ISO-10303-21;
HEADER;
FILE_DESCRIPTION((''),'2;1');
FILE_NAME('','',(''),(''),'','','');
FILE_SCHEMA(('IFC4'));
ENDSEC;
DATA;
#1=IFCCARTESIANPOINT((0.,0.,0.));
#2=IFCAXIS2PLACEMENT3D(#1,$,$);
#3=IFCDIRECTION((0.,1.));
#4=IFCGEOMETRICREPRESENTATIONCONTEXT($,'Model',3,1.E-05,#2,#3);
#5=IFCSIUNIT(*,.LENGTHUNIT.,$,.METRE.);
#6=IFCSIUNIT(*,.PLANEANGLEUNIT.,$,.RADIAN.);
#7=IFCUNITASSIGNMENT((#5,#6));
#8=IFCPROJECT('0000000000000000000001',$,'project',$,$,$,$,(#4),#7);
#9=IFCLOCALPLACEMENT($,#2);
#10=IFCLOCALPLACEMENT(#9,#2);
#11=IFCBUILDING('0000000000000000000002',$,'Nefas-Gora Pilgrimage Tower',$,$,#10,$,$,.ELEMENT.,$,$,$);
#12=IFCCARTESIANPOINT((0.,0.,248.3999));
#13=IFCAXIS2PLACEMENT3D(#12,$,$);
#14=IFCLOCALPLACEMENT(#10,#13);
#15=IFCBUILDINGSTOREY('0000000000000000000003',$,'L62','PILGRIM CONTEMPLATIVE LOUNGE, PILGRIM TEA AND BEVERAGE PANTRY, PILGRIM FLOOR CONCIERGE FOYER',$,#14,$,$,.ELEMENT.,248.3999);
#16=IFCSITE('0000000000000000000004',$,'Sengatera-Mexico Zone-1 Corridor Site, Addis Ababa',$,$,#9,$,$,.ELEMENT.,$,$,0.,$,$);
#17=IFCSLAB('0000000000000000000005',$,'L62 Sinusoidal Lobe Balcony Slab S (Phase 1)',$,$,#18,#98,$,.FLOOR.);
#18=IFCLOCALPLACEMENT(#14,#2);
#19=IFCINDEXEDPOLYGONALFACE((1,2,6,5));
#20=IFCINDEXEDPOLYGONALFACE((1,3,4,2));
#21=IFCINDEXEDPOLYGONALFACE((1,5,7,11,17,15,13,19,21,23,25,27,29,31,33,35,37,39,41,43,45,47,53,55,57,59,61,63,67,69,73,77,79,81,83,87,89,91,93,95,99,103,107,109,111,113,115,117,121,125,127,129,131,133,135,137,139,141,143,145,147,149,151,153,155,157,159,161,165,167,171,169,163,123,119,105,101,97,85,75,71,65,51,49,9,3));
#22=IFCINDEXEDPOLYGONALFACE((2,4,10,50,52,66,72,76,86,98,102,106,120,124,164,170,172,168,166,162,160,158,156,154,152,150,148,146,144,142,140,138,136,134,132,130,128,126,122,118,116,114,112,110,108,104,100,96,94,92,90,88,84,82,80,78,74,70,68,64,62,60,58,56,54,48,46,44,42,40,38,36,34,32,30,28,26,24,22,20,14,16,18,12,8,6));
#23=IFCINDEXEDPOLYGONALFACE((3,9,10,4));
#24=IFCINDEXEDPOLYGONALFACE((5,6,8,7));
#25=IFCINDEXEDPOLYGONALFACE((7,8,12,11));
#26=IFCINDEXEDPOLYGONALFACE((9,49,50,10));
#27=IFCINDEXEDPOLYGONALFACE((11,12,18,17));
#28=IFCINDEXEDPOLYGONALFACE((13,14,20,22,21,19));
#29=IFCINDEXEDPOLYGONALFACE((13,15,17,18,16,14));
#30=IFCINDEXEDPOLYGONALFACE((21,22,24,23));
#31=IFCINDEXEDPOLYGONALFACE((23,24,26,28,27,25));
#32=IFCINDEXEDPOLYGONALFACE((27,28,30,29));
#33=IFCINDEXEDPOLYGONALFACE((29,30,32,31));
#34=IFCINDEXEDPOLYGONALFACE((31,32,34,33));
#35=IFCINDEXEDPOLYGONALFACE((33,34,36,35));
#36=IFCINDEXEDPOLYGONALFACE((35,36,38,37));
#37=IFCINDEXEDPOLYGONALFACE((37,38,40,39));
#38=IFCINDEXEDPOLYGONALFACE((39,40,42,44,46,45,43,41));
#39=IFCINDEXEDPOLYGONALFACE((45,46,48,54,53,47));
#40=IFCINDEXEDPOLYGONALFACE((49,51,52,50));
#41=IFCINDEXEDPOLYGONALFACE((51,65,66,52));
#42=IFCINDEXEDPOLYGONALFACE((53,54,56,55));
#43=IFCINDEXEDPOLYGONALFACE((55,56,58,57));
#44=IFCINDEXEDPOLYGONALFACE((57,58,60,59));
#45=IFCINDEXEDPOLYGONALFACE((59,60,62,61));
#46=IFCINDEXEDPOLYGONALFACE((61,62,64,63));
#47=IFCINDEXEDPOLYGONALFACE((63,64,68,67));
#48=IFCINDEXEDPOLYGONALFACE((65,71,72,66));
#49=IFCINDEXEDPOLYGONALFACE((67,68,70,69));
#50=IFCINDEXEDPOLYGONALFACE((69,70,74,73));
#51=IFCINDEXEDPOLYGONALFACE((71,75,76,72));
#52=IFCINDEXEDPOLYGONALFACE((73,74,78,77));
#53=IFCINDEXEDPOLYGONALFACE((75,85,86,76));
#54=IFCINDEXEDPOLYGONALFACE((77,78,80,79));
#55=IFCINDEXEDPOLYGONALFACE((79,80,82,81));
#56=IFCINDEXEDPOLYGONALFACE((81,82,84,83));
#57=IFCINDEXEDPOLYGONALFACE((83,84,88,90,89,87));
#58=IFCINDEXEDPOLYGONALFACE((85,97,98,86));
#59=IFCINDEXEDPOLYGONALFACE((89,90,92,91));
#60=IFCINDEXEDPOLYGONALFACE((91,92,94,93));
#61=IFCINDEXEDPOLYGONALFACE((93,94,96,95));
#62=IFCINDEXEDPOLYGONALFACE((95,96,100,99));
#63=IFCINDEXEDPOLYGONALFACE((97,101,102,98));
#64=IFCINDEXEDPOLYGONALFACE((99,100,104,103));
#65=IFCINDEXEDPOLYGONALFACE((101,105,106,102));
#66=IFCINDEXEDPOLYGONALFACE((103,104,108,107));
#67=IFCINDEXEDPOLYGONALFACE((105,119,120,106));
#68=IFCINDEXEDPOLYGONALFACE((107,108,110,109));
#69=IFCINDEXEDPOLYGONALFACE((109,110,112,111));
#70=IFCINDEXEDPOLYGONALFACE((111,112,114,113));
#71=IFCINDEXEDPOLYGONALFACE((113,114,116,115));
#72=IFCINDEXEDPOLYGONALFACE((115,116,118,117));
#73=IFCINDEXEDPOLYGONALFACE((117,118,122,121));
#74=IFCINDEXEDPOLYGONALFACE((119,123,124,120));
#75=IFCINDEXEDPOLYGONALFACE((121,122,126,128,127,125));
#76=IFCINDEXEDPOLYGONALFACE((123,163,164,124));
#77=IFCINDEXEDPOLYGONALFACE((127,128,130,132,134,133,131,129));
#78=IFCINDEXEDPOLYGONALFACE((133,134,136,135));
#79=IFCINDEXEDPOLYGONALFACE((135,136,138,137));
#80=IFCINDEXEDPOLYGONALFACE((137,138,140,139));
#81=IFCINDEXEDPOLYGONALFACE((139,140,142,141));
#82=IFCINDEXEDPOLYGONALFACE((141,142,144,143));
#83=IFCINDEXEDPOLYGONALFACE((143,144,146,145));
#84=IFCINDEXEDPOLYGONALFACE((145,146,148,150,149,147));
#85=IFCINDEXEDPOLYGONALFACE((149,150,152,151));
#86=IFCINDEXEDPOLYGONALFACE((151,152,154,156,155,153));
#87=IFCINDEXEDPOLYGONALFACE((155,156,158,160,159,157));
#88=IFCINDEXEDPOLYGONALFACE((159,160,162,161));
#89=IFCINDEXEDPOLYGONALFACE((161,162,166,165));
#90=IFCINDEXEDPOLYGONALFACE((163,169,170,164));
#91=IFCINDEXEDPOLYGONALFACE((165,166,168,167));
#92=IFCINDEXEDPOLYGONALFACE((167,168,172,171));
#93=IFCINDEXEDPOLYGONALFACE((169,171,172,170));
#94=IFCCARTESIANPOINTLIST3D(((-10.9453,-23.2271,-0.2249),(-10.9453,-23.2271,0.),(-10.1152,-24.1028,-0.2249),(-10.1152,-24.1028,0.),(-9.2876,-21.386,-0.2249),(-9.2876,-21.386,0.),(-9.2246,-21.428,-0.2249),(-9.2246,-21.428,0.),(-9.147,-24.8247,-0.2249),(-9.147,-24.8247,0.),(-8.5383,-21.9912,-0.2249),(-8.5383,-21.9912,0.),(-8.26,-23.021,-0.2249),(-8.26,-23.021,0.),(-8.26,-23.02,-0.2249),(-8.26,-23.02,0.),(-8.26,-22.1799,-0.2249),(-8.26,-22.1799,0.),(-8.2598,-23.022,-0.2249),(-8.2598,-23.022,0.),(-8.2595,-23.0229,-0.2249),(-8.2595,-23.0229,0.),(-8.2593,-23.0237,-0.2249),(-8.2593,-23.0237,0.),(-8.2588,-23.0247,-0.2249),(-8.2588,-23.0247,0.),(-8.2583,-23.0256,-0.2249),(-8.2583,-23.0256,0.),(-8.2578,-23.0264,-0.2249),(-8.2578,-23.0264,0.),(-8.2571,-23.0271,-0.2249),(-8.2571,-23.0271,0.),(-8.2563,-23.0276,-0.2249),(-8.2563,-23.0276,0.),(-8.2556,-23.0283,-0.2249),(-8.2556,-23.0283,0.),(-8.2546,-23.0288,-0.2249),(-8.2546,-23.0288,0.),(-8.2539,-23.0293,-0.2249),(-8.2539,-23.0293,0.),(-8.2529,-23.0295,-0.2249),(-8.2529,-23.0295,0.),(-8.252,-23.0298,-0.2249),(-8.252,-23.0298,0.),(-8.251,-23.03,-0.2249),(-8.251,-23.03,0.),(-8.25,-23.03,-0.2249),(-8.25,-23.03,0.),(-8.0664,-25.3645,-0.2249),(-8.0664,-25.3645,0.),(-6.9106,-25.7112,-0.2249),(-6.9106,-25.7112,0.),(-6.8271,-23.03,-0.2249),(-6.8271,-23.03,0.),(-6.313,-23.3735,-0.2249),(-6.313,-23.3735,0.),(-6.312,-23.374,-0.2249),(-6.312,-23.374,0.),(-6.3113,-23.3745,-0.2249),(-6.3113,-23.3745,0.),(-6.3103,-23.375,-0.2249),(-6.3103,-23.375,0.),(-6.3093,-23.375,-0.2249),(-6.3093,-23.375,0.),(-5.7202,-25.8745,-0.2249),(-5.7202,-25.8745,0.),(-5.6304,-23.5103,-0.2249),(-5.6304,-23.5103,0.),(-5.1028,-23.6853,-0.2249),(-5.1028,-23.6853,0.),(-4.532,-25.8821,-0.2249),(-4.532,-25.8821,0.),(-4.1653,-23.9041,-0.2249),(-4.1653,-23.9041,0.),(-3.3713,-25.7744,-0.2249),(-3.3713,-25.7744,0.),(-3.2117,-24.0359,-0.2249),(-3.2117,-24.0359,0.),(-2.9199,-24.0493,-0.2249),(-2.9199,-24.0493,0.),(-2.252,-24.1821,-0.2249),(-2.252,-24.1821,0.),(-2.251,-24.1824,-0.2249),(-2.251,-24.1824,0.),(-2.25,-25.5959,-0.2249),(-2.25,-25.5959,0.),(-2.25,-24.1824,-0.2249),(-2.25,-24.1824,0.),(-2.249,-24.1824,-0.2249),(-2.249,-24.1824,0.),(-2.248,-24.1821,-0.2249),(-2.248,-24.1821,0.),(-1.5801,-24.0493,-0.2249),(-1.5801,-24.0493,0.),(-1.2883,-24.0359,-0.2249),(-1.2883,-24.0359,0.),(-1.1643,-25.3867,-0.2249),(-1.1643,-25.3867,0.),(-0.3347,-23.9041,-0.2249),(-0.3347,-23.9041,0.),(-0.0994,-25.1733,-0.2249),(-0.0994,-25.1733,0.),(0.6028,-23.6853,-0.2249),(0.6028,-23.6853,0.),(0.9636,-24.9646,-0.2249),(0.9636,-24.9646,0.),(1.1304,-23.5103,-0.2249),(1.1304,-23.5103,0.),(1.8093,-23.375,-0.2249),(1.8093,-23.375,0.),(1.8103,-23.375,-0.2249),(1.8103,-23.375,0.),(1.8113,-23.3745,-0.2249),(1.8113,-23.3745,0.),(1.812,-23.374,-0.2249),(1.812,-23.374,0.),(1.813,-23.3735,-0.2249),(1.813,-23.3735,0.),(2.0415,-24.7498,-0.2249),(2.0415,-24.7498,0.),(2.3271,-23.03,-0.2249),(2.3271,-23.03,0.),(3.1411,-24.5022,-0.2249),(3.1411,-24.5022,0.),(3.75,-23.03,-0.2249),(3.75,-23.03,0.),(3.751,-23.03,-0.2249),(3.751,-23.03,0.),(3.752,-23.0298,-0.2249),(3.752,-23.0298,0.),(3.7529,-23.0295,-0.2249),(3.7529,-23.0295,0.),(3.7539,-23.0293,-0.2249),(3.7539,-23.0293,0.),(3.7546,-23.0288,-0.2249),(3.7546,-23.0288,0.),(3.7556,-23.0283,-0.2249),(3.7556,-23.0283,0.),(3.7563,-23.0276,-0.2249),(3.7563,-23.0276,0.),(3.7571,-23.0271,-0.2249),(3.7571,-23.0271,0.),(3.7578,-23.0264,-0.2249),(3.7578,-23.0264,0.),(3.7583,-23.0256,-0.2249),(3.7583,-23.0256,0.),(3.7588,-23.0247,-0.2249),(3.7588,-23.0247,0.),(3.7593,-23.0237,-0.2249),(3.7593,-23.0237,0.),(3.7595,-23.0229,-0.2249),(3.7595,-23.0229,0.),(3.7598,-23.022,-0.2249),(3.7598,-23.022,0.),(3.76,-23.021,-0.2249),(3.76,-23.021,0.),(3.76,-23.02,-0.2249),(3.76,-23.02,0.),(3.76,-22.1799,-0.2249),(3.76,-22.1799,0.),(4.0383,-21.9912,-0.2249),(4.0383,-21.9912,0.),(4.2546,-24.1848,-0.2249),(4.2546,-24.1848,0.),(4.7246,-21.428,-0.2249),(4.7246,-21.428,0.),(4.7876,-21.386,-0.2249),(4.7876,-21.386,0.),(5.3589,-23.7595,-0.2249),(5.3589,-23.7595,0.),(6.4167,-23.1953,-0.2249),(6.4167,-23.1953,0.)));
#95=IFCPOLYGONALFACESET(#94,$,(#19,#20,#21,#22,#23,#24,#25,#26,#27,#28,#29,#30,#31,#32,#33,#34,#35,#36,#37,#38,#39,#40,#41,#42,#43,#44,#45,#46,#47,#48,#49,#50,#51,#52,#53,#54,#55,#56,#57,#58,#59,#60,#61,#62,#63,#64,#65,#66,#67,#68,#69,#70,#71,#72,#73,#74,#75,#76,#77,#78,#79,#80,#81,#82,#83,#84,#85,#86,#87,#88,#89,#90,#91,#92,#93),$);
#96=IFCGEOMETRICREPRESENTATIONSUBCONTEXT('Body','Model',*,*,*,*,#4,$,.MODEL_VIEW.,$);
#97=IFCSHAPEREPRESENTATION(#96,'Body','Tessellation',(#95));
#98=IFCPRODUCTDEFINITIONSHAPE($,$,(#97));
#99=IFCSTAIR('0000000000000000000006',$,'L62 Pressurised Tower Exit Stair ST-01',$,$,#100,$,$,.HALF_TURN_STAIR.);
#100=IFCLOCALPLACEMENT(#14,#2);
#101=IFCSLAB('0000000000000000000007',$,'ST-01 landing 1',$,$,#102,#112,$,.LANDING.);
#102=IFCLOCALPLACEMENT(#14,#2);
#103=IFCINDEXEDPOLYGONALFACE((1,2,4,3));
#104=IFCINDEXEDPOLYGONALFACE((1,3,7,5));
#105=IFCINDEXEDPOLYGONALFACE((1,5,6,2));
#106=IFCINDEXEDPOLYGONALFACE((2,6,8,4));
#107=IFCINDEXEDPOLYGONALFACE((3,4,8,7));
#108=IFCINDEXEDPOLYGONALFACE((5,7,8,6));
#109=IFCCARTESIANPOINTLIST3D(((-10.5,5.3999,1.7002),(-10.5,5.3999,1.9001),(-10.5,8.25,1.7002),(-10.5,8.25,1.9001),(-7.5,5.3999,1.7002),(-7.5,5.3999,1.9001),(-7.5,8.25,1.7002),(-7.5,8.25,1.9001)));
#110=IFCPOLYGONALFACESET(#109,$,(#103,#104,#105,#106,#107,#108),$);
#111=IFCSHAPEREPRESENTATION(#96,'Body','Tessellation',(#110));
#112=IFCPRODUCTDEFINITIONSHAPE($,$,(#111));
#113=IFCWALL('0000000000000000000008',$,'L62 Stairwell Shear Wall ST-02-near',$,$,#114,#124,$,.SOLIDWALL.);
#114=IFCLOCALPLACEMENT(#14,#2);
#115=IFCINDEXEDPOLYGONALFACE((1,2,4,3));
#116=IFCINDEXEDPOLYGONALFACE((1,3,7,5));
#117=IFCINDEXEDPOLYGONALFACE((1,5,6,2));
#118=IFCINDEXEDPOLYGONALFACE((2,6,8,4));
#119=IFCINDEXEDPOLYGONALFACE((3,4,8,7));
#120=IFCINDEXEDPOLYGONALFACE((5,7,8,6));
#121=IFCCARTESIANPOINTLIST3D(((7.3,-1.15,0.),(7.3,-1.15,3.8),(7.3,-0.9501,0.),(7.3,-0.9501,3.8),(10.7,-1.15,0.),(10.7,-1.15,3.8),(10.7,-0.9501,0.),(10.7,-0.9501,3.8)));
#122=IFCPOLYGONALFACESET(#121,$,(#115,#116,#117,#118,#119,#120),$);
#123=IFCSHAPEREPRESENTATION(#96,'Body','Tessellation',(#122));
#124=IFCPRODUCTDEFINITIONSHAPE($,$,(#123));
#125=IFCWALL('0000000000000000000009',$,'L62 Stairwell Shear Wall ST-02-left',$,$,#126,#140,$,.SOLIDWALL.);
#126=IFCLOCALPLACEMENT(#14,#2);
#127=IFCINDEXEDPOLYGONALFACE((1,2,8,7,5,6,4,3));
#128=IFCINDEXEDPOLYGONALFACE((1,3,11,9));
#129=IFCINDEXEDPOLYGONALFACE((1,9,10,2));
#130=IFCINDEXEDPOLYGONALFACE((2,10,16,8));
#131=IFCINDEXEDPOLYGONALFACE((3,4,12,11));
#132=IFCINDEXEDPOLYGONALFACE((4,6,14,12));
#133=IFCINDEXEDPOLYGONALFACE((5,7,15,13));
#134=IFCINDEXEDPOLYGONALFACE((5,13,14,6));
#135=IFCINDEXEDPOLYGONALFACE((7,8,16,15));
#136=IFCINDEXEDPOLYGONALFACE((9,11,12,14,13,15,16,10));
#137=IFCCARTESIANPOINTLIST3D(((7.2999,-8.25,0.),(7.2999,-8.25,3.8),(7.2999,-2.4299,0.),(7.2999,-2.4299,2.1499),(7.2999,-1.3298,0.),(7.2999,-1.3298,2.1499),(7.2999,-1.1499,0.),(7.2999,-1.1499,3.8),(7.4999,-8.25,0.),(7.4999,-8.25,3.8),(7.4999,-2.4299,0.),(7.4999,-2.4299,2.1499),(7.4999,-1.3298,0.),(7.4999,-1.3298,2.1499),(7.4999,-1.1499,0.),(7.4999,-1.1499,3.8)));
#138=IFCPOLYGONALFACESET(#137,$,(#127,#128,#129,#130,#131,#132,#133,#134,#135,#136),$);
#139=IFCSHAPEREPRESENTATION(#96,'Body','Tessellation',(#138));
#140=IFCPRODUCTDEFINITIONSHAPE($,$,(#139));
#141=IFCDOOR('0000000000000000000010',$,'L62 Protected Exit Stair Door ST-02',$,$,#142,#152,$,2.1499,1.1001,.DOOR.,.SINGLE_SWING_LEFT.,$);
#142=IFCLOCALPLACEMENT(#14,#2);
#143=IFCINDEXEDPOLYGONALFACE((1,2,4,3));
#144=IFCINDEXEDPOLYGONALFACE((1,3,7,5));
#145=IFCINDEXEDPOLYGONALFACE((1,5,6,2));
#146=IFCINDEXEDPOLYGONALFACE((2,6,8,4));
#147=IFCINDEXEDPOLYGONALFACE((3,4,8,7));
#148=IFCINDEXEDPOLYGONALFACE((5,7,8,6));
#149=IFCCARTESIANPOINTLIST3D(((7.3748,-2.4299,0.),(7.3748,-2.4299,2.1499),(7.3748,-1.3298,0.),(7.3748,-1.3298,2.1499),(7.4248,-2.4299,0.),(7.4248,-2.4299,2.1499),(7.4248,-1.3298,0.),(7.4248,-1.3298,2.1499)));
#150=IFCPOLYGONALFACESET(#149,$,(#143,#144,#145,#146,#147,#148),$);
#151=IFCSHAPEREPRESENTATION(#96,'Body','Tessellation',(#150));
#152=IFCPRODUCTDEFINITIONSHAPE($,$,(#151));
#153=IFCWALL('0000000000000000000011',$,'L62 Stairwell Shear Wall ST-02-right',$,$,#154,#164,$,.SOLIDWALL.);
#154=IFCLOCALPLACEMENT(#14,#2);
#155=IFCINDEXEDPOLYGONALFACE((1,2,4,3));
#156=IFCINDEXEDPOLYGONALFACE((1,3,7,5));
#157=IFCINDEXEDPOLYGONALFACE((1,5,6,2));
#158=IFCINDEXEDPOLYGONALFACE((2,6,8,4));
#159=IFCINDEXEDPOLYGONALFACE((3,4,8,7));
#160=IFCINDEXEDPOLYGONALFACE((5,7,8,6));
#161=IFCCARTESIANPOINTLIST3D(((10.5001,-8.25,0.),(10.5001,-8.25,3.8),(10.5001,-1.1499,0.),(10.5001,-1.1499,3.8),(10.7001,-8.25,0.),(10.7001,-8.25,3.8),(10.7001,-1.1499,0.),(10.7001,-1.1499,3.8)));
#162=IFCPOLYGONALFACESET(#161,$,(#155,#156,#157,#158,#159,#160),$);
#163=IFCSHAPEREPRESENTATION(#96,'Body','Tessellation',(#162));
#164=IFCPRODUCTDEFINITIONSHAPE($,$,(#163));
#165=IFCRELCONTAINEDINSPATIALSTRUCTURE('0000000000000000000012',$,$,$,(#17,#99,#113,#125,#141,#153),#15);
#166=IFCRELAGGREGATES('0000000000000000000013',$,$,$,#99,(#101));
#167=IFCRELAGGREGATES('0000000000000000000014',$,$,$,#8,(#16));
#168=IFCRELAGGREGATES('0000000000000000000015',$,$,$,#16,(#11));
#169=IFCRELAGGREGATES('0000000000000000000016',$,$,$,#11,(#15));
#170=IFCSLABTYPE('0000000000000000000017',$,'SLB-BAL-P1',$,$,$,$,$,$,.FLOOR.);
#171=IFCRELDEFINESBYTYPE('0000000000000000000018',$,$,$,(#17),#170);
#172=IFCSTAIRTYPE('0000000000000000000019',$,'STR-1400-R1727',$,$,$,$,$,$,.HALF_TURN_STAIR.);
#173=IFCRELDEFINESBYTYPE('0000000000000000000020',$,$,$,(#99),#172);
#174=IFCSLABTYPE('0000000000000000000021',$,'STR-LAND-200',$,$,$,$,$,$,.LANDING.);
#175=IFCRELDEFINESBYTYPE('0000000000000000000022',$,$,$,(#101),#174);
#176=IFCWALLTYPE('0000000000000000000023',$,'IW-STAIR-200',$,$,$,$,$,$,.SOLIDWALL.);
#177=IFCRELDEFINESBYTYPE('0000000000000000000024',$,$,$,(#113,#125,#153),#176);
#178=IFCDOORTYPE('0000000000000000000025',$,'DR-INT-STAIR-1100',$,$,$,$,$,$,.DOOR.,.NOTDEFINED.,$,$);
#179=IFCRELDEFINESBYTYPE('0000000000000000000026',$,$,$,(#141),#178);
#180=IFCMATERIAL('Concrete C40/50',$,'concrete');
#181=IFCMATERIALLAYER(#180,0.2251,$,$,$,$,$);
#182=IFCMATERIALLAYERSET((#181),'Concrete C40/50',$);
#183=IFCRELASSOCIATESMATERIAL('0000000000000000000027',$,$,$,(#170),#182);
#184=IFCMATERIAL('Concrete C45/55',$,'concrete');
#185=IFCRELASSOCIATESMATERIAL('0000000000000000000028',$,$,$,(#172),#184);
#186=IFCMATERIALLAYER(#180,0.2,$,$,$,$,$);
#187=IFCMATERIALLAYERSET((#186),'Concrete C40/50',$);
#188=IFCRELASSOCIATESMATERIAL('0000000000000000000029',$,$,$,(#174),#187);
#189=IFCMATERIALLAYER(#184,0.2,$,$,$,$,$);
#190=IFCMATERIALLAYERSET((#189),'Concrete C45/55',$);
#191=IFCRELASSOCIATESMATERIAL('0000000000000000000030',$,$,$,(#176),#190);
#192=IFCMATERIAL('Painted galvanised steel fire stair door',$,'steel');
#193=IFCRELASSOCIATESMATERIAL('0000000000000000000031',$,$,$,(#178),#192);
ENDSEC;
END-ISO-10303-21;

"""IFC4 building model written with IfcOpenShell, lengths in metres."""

from ifc_helpers import new_model, si_unit, direction, frame, frame_2d, origin, place, context, subcontext, project, spatial, polyline, rectangle, outline, extrude, source, transform, mapped, material, layer, layer_set, type_object, element, fill, aggregate, save


model = new_model("IFC4")

# Units and contexts
model_context = context("Model", 3, precision=1e-05, world=origin(), true_north=direction((0.0, 1.0)))
body_context = subcontext(model_context, "Body", "Model", "MODEL_VIEW")
ifc_project = project(units=[si_unit("LENGTHUNIT", "METRE"), si_unit("PLANEANGLEUNIT", "RADIAN")], contexts=[model_context])

# Site, building, storey
site_placement = place(None, origin())
site = spatial("IfcSite", under=ifc_project, at=site_placement, Name="Sengatera-Mexico Zone-1 Corridor Site, Addis Ababa", CompositionType="ELEMENT", RefElevation=0.0)
building_placement = place(site_placement, origin())
building = spatial("IfcBuilding", under=site, at=building_placement, Name="Nefas-Gora Pilgrimage Tower", CompositionType="ELEMENT")
storey_placement = place(building_placement, frame((0.0, 0.0, 248.3999)))
storey = spatial("IfcBuildingStorey", under=building, at=storey_placement, Name="L62", Description="PILGRIM CONTEMPLATIVE LOUNGE, PILGRIM TEA AND BEVERAGE PANTRY, PILGRIM FLOOR CONCIERGE FOYER", CompositionType="ELEMENT", Elevation=248.3999)

# Slab
ifc_material_1 = material(Name="Concrete C40/50", Category="concrete")
ifc_layer_1 = layer(ifc_material_1, 0.2251)
ifc_layer_set_1 = layer_set([ifc_layer_1], Name="Concrete C40/50")
slab_type_1 = type_object("IfcSlabType", Name="SLB-BAL-P1", PredefinedType="FLOOR", material=ifc_layer_set_1)
slab_1_placement = place(storey_placement, frame((0.0, 0.0, -0.2249)))
element("IfcSlab", 1, at=slab_1_placement, inside=storey, type_object=slab_type_1, Name="L62 Sinusoidal Lobe Balcony Slab S (Phase 1)", PredefinedType="FLOOR", context=body_context, shape_type="SweptSolid", body=[
    extrude(outline(polyline([(4.7876, -21.386), (4.7246, -21.428), (4.0383, -21.9912), (3.76, -22.1799), (3.76, -23.02), (3.76, -23.021), (3.7598, -23.022), (3.7595, -23.0229), (3.7593, -23.0237), (3.7588, -23.0247), (3.7583, -23.0256), (3.7578, -23.0264), (3.7571, -23.0271), (3.7563, -23.0276), (3.7556, -23.0283), (3.7546, -23.0288), (3.7539, -23.0293), (3.7529, -23.0295), (3.752, -23.0298), (3.751, -23.03), (3.75, -23.03), (2.3271, -23.03), (1.813, -23.3735), (1.812, -23.374), (1.8113, -23.3745), (1.8103, -23.375), (1.8093, -23.375), (1.1304, -23.5103), (0.6028, -23.6853), (-0.3347, -23.9041), (-1.2883, -24.0359), (-1.5801, -24.0493), (-2.248, -24.1821), (-2.249, -24.1824), (-2.25, -24.1824), (-2.251, -24.1824), (-2.252, -24.1821), (-2.9199, -24.0493), (-3.2117, -24.0359), (-4.1653, -23.9041), (-5.1028, -23.6853), (-5.6304, -23.5103), (-6.3093, -23.375), (-6.3103, -23.375), (-6.3113, -23.3745), (-6.312, -23.374), (-6.313, -23.3735), (-6.8271, -23.03), (-8.25, -23.03), (-8.251, -23.03), (-8.252, -23.0298), (-8.2529, -23.0295), (-8.2539, -23.0293), (-8.2546, -23.0288), (-8.2556, -23.0283), (-8.2563, -23.0276), (-8.2571, -23.0271), (-8.2578, -23.0264), (-8.2583, -23.0256), (-8.2588, -23.0247), (-8.2593, -23.0237), (-8.2595, -23.0229), (-8.2598, -23.022), (-8.26, -23.021), (-8.26, -23.02), (-8.26, -22.1799), (-8.5383, -21.9912), (-9.2246, -21.428), (-9.2876, -21.386), (-10.9453, -23.2271), (-10.1152, -24.1028), (-9.147, -24.8247), (-8.0664, -25.3645), (-6.9106, -25.7112), (-5.7202, -25.8745), (-4.532, -25.8821), (-3.3713, -25.7744), (-2.25, -25.5959), (-1.1643, -25.3867), (-0.0994, -25.1733), (0.9636, -24.9646), (2.0415, -24.7498), (3.1411, -24.5022), (4.2546, -24.1848), (5.3589, -23.7595), (6.4167, -23.1953), (4.7876, -21.386)])), origin(), (0.0, 0.0, 1.0), 0.2249),
])

# Stair, slab
ifc_material_2 = material(Name="Concrete C45/55", Category="concrete")
stair_type = type_object("IfcStairType", Name="STR-1400-R1727", PredefinedType="HALF_TURN_STAIR", material=ifc_material_2)
stair_1_placement = place(storey_placement, origin())
stair_1 = element("IfcStair", 2, at=stair_1_placement, inside=storey, type_object=stair_type, Name="L62 Pressurised Tower Exit Stair ST-01", PredefinedType="HALF_TURN_STAIR")
ifc_layer_2 = layer(ifc_material_1, 0.2)
ifc_layer_set_2 = layer_set([ifc_layer_2], Name="Concrete C40/50")
slab_type_2 = type_object("IfcSlabType", Name="STR-LAND-200", PredefinedType="LANDING", material=ifc_layer_set_2)
slab_2_placement = place(storey_placement, frame((0.0, 0.0, 1.7002)))
slab_2 = element("IfcSlab", 3, at=slab_2_placement, type_object=slab_type_2, Name="ST-01 landing 1", PredefinedType="LANDING", context=body_context, shape_type="SweptSolid", body=[
    extrude(outline(polyline([(-7.5, 5.3999), (-7.5, 8.25), (-10.5, 8.25), (-10.5, 5.3999), (-7.5, 5.3999)])), origin(), (0.0, 0.0, 1.0), 0.2),
])
aggregate(stair_1, [slab_2])

# Wall
ifc_layer_3 = layer(ifc_material_2, 0.2)
ifc_layer_set_3 = layer_set([ifc_layer_3], Name="Concrete C45/55")
wall_type_1 = type_object("IfcWallType", Name="IW-STAIR-200", PredefinedType="SOLIDWALL", material=ifc_layer_set_3)
shared_shape_1 = source(origin(), body_context, "Body", "SweptSolid", [
    extrude(rectangle(XDim=3.3999, YDim=0.2, at=frame_2d((1.7, 0.0))), origin(), (0.0, 0.0, 1.0), 3.8),
])
wall_1_placement = place(storey_placement, frame((7.3, -1.05, 0.0), z_axis=(0.0, 0.0, 1.0), x_axis=(1.0, 0.0, 0.0)))
element("IfcWall", 4, at=wall_1_placement, inside=storey, type_object=wall_type_1, Name="L62 Stairwell Shear Wall ST-02-near", PredefinedType="SOLIDWALL", context=body_context, shape_type="MappedRepresentation", body=[
    mapped(shared_shape_1, transform((0.0, 0.0, 0.0), x_axis=(1.0, 0.0, 0.0), y_axis=(0.0, 1.0, 0.0), z_axis=(0.0, 0.0, 1.0), scale=1.0)),
])

# Wall, opening, door
shared_shape_2 = source(origin(), body_context, "Body", "SweptSolid", [
    extrude(rectangle(XDim=7.1001, YDim=0.2, at=frame_2d((3.55, 0.0))), origin(), (0.0, 0.0, 1.0), 3.8),
])
wall_2_placement = place(storey_placement, frame((7.3999, -1.1499, 0.0), z_axis=(0.0, 0.0, 1.0), x_axis=(0.0, -1.0, 0.0)))
wall_2 = element("IfcWall", 5, at=wall_2_placement, inside=storey, type_object=wall_type_1, Name="L62 Stairwell Shear Wall ST-02-left", PredefinedType="SOLIDWALL", context=body_context, shape_type="MappedRepresentation", body=[
    mapped(shared_shape_2, transform((0.0, 0.0, 0.0), x_axis=(1.0, 0.0, 0.0), y_axis=(0.0, 1.0, 0.0), z_axis=(0.0, 0.0, 1.0), scale=1.0)),
])
opening_1_placement = place(wall_2_placement, frame((0.1799, 0.0, 0.0)))
opening_1 = element("IfcOpeningElement", 6, at=opening_1_placement, cuts=wall_2, PredefinedType="OPENING", context=body_context, shape_type="SweptSolid", body=[
    extrude(rectangle(XDim=1.1001, YDim=2.1499, at=frame_2d((0.55, 1.075))), frame((0.0, 0.1099, 0.0), z_axis=(0.0, -1.0, 0.0), x_axis=(1.0, 0.0, 0.0)), (0.0, 0.0, 1.0), 0.22),
])
ifc_material_3 = material(Name="Painted galvanised steel fire stair door", Category="steel")
door_type_1 = type_object("IfcDoorType", Name="DR-INT-STAIR-1100", OperationType="NOTDEFINED", PredefinedType="DOOR", material=ifc_material_3)
shared_shape_3 = source(origin(), body_context, "Body", "SweptSolid", [
    extrude(rectangle(XDim=1.1001, YDim=2.1499, at=frame_2d((0.55, 1.075))), frame((0.0, 0.0249, 0.0), z_axis=(0.0, -1.0, 0.0), x_axis=(1.0, 0.0, 0.0)), (0.0, 0.0, 1.0), 0.05),
])
door_1_placement = place(opening_1_placement, origin())
door_1 = element("IfcDoor", 7, at=door_1_placement, inside=storey, type_object=door_type_1, Name="L62 Protected Exit Stair Door ST-02", OperationType="SINGLE_SWING_LEFT", OverallHeight=2.1499, OverallWidth=1.1001, PredefinedType="DOOR", context=body_context, shape_type="MappedRepresentation", body=[
    mapped(shared_shape_3, transform((0.0, 0.0, 0.0), x_axis=(1.0, 0.0, 0.0), y_axis=(0.0, 1.0, 0.0), z_axis=(0.0, 0.0, 1.0), scale=1.0)),
])
fill(opening_1, door_1)

# Wall
wall_3_placement = place(storey_placement, frame((10.6001, -1.1499, 0.0), z_axis=(0.0, 0.0, 1.0), x_axis=(0.0, -1.0, 0.0)))
element("IfcWall", 8, at=wall_3_placement, inside=storey, type_object=wall_type_1, Name="L62 Stairwell Shear Wall ST-02-right", PredefinedType="SOLIDWALL", context=body_context, shape_type="MappedRepresentation", body=[
    mapped(shared_shape_2, transform((0.0, 0.0, 0.0), x_axis=(1.0, 0.0, 0.0), y_axis=(0.0, 1.0, 0.0), z_axis=(0.0, 0.0, 1.0), scale=1.0)),
])

save(model, "model.ifc")
